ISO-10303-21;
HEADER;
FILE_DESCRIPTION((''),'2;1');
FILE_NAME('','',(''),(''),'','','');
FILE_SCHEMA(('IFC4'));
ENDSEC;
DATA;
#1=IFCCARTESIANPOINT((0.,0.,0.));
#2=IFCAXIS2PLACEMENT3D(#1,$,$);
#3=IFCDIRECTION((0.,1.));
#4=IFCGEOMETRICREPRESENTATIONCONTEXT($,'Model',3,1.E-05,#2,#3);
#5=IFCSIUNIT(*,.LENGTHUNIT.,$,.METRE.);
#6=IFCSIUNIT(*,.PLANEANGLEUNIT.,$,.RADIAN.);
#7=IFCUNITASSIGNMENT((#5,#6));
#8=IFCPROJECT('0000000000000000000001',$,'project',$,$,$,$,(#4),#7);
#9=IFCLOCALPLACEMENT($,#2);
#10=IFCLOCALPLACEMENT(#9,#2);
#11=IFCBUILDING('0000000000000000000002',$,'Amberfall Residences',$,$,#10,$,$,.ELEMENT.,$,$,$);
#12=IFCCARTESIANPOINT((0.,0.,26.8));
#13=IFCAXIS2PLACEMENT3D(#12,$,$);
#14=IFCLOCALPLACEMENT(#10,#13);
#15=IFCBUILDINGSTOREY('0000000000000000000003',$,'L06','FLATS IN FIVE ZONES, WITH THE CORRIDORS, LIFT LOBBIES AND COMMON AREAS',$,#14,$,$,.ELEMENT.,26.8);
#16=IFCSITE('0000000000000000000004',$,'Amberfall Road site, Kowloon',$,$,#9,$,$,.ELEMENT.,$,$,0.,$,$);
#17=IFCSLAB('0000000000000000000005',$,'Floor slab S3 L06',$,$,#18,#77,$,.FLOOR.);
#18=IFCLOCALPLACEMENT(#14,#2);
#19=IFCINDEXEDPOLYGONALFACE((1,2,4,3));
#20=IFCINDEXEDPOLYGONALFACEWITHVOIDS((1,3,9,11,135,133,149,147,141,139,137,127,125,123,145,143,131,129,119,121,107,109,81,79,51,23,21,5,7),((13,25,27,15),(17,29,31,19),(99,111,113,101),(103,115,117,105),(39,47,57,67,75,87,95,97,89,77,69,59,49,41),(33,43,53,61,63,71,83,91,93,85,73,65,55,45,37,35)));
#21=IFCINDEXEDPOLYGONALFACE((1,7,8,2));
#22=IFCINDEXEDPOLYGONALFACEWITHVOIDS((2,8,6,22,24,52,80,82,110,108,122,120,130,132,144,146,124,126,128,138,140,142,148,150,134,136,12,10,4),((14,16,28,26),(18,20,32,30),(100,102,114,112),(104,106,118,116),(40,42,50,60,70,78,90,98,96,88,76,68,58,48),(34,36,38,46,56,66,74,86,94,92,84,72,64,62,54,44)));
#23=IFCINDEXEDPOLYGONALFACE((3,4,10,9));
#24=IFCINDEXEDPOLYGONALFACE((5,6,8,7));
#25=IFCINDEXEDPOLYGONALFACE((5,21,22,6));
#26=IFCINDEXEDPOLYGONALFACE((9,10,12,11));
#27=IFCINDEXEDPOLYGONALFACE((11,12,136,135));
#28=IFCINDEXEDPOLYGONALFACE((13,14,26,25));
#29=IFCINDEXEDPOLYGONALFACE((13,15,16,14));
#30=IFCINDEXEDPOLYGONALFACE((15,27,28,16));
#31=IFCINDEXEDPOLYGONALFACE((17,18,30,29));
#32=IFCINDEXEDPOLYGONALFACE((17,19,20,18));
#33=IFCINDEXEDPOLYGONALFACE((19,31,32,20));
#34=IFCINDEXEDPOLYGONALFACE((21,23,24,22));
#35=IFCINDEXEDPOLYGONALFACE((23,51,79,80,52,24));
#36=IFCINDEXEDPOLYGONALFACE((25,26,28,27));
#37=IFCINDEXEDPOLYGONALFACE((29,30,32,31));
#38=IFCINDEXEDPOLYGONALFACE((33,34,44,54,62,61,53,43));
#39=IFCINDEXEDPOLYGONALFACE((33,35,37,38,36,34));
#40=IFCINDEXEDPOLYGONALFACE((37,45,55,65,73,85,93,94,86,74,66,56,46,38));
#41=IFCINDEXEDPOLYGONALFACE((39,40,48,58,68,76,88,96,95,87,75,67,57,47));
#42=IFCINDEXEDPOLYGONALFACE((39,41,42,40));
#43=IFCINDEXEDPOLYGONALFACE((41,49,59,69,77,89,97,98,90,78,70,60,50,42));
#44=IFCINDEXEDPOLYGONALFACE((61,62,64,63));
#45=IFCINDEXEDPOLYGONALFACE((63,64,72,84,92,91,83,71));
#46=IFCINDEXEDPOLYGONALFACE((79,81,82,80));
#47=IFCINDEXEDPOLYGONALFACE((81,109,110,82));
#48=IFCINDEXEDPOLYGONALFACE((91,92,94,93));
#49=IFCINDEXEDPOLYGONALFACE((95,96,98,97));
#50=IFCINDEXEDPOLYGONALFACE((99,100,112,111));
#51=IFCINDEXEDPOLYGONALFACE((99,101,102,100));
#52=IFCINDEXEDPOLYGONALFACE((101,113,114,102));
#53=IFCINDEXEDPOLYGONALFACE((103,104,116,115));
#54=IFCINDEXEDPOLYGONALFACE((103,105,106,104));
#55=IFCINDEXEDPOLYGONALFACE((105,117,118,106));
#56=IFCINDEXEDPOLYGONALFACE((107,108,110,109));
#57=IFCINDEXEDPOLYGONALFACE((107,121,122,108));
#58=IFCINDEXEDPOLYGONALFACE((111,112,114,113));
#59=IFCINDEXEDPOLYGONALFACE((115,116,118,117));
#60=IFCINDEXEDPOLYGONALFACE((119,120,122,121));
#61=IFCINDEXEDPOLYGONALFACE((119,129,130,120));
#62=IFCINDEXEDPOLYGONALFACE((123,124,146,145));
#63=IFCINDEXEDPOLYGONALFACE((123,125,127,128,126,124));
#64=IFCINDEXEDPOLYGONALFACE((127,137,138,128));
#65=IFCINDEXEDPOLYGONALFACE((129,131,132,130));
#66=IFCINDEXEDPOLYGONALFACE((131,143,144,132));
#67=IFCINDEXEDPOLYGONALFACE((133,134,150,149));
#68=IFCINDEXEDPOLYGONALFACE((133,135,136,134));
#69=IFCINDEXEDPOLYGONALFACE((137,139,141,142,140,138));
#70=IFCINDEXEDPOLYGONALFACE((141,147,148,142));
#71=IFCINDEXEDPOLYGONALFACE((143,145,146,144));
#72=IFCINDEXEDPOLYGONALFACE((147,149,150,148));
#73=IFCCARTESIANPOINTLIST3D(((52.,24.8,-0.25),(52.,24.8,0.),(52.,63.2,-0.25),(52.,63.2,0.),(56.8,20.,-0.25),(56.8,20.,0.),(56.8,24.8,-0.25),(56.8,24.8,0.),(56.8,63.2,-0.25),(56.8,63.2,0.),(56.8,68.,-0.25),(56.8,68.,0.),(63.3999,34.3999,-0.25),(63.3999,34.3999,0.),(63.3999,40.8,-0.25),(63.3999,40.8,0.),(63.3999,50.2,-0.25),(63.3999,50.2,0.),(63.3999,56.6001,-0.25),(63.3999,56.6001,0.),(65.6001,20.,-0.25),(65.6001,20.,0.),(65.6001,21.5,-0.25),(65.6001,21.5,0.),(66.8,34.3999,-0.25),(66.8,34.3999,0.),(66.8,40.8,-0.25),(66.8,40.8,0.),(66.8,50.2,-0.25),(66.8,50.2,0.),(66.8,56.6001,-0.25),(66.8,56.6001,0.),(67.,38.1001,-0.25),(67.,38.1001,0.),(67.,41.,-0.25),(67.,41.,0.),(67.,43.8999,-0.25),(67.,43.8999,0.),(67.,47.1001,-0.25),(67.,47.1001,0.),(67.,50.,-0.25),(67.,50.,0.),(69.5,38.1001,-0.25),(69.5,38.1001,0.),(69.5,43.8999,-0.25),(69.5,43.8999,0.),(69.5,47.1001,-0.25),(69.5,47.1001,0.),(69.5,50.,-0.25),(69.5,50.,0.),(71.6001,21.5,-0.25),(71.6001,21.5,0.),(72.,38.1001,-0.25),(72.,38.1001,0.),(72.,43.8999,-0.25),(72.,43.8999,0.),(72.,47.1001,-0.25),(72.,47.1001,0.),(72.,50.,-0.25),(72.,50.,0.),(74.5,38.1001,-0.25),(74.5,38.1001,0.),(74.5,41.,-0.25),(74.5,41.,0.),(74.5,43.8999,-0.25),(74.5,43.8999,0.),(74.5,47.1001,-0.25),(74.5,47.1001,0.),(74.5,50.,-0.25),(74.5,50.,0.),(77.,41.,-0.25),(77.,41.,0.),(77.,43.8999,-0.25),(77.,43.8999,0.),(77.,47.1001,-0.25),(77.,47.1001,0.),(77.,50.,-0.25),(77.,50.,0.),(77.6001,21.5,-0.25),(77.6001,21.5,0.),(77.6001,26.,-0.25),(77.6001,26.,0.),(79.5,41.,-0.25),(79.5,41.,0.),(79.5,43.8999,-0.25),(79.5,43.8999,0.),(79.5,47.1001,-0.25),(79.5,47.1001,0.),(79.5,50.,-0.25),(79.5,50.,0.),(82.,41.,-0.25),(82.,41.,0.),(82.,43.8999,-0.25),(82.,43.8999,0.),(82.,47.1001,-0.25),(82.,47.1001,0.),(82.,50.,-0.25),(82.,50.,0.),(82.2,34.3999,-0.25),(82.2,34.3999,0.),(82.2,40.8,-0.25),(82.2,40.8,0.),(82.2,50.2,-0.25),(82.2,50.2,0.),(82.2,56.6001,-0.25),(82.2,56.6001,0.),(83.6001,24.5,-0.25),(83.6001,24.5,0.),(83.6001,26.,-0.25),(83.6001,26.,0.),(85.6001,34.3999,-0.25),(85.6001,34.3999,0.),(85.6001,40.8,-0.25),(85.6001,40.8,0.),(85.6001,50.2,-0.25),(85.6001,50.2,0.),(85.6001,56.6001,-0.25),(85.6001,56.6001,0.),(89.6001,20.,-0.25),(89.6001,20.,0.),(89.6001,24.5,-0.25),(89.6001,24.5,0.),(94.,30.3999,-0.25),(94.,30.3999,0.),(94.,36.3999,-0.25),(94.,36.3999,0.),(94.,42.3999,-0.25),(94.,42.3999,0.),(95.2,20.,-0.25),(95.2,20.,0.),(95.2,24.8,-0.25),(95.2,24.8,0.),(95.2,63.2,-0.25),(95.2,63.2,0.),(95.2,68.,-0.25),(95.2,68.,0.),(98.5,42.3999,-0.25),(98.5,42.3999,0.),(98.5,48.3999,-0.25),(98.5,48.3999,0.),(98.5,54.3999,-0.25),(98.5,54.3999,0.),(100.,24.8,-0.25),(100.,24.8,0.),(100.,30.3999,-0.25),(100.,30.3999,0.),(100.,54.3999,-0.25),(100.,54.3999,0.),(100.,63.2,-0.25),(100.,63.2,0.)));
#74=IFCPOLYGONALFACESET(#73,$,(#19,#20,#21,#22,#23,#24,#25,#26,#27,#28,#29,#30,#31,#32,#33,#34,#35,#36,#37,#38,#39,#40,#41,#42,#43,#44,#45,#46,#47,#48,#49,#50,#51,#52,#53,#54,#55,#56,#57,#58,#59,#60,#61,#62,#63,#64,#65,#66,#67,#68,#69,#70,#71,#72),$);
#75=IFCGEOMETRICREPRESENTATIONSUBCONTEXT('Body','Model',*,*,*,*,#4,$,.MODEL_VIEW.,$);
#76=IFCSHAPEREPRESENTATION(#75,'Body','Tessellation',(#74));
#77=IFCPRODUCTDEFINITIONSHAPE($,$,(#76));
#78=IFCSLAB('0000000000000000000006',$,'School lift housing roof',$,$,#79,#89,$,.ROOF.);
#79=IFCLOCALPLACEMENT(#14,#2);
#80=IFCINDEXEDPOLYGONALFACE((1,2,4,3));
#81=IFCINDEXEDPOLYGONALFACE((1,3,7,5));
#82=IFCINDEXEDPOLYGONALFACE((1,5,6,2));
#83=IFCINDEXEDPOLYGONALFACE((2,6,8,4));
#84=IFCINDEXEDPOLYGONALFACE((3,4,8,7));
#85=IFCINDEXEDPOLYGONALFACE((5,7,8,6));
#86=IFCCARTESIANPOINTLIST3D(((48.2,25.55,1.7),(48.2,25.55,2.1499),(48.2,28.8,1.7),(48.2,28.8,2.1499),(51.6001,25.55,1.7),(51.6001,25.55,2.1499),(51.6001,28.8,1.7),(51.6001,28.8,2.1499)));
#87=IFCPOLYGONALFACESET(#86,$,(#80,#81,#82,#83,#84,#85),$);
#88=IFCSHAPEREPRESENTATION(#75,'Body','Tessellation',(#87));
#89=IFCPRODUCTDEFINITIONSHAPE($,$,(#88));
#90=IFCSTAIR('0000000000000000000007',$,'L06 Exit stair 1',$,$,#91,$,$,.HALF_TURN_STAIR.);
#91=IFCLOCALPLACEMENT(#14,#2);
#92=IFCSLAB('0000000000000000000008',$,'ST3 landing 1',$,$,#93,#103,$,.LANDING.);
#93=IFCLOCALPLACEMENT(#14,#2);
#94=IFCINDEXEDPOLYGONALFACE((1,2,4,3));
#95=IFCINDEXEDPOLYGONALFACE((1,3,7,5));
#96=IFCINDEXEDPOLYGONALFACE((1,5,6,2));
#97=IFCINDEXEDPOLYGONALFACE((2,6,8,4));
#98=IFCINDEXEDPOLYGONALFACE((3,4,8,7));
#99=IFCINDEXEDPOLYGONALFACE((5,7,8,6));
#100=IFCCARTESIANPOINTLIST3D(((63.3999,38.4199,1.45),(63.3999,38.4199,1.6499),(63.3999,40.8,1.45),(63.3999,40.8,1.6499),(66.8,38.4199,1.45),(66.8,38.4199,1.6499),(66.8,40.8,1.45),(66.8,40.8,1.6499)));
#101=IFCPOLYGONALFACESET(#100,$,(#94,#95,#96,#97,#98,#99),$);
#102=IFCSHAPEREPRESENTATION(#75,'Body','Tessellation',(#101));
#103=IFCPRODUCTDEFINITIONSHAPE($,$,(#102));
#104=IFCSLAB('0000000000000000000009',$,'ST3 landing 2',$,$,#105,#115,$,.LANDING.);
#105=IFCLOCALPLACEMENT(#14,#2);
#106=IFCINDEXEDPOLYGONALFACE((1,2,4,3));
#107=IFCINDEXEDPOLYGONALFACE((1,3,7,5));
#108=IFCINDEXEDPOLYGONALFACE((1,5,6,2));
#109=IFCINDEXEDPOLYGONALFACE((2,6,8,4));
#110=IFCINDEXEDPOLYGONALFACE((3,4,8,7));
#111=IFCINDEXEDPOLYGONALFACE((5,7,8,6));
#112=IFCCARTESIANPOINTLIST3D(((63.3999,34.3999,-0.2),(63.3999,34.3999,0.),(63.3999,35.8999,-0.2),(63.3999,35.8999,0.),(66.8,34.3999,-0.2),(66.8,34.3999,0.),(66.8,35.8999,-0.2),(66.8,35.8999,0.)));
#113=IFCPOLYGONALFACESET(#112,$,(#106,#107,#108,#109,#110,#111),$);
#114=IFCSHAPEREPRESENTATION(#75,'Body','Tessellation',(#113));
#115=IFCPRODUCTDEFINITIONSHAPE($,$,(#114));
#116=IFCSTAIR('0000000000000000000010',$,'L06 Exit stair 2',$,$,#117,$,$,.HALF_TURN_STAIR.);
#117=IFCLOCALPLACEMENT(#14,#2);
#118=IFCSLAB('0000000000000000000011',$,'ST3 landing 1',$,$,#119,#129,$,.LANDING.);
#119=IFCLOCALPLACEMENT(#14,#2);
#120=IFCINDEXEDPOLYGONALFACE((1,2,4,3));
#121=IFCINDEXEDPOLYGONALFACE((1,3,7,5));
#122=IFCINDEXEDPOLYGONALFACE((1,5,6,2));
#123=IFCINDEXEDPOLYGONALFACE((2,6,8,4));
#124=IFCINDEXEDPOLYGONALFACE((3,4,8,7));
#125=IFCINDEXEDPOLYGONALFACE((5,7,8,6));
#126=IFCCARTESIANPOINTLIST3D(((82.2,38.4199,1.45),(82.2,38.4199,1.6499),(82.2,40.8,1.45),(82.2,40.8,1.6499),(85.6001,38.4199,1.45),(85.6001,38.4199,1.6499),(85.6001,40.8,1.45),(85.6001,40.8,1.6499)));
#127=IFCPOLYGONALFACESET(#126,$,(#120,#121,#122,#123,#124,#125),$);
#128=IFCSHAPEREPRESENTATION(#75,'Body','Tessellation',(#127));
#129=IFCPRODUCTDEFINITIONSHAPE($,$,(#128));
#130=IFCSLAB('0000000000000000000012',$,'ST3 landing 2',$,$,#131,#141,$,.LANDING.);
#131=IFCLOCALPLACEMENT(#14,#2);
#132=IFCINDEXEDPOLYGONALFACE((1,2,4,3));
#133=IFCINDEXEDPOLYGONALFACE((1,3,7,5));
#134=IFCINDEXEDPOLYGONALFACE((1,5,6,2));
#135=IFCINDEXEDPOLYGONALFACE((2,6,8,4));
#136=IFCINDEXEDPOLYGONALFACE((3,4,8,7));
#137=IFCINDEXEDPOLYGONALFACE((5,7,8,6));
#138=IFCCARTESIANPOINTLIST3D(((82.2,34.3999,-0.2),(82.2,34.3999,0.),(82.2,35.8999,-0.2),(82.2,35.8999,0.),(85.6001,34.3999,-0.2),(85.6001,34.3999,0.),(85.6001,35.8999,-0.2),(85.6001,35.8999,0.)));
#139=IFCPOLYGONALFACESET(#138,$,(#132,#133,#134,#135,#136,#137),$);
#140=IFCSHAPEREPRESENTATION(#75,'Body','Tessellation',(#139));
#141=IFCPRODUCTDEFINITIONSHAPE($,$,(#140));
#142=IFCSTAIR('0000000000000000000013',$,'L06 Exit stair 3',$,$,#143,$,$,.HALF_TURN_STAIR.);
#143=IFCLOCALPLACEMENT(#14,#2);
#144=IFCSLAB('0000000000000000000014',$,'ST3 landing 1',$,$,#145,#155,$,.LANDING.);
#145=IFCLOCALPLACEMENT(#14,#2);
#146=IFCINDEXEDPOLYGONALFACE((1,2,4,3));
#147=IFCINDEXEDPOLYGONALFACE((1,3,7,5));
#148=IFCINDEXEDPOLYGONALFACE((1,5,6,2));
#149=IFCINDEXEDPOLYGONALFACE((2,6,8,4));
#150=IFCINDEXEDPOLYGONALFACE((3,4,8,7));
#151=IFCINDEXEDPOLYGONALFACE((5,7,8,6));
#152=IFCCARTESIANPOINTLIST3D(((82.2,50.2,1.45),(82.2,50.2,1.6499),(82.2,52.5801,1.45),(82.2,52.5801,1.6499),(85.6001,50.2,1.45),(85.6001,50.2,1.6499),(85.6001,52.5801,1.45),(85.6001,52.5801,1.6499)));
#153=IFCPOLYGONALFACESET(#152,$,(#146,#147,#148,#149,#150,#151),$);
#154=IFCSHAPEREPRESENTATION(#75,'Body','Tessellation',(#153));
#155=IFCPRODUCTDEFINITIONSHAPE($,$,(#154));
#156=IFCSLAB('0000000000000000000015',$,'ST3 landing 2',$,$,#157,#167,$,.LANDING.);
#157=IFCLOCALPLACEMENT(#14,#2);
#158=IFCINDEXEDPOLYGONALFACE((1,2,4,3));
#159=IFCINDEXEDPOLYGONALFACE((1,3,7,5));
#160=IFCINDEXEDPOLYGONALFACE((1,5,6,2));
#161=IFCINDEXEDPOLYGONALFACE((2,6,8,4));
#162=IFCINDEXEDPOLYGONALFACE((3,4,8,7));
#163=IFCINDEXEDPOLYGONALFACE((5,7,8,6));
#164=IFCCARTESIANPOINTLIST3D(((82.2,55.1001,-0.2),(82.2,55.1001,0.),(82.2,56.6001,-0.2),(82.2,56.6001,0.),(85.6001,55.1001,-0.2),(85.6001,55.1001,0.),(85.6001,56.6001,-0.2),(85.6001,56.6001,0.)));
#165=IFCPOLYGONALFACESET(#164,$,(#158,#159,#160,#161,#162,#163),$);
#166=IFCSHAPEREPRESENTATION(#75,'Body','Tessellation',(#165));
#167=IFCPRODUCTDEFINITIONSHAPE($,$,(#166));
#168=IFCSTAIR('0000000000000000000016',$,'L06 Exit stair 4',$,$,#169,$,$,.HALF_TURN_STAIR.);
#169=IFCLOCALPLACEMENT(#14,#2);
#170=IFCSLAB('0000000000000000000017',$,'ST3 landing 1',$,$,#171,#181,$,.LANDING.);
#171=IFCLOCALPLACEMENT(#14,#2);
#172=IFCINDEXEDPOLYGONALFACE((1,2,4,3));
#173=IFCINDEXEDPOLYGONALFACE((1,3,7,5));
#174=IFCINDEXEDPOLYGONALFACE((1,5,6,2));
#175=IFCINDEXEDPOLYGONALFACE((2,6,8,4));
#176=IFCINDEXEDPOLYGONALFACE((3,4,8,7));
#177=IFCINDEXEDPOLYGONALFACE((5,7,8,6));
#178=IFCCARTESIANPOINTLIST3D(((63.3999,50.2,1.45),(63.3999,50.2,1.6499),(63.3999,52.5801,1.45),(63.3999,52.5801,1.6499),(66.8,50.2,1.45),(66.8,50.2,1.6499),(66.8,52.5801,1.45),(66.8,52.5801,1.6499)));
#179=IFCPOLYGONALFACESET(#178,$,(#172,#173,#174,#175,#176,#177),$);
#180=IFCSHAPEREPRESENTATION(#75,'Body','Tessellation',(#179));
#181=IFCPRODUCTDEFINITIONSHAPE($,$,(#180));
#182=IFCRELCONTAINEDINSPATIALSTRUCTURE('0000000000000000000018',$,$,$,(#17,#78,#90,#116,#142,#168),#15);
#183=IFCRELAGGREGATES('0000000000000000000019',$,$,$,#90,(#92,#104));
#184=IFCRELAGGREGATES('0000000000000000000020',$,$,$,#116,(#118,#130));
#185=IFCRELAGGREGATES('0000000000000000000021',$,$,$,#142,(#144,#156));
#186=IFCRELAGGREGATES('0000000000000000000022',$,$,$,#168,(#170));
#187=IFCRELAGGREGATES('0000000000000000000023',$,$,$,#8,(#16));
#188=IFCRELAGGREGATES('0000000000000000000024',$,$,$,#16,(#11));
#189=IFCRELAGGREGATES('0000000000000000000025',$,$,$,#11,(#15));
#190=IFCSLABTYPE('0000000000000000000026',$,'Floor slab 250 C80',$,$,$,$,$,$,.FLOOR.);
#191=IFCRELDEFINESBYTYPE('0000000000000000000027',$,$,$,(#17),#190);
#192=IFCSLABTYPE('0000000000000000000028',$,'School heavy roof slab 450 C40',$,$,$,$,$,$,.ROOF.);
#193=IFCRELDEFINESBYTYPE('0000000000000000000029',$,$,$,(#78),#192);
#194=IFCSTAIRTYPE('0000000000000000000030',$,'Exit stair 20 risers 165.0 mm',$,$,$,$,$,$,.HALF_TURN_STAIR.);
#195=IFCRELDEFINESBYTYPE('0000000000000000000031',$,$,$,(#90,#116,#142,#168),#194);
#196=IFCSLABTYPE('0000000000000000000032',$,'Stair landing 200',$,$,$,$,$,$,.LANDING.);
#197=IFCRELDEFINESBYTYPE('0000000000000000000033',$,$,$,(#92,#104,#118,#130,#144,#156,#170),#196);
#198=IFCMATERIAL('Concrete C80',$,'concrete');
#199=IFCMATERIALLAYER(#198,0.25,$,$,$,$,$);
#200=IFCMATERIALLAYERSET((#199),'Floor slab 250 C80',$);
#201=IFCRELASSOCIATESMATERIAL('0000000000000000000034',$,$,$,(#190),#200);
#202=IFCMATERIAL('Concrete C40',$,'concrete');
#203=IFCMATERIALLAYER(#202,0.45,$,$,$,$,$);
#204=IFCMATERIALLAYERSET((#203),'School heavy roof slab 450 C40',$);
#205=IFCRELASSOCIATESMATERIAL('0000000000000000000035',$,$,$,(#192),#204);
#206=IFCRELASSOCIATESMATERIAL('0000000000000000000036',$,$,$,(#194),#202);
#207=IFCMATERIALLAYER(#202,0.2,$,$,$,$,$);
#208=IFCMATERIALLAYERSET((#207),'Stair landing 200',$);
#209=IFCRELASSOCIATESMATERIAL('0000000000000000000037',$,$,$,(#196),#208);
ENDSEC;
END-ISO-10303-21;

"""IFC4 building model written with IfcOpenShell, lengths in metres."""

from ifc_helpers import new_model, si_unit, direction, frame, origin, place, context, subcontext, project, spatial, polyline, outline, extrude, material, layer, layer_set, type_object, element, aggregate, save


model = new_model("IFC4")

# Units and contexts
model_context = context("Model", 3, precision=1e-05, world=origin(), true_north=direction((0.0, 1.0)))
body_context = subcontext(model_context, "Body", "Model", "MODEL_VIEW")
ifc_project = project(units=[si_unit("LENGTHUNIT", "METRE"), si_unit("PLANEANGLEUNIT", "RADIAN")], contexts=[model_context])

# Site, building, storey
site_placement = place(None, origin())
site = spatial("IfcSite", under=ifc_project, at=site_placement, Name="Amberfall Road site, Kowloon", CompositionType="ELEMENT", RefElevation=0.0)
building_placement = place(site_placement, origin())
building = spatial("IfcBuilding", under=site, at=building_placement, Name="Amberfall Residences", CompositionType="ELEMENT")
storey_placement = place(building_placement, frame((0.0, 0.0, 26.8)))
storey = spatial("IfcBuildingStorey", under=building, at=storey_placement, Name="L06", Description="FLATS IN FIVE ZONES, WITH THE CORRIDORS, LIFT LOBBIES AND COMMON AREAS", CompositionType="ELEMENT", Elevation=26.8)

# Slabs
ifc_material_1 = material(Name="Concrete C80", Category="concrete")
ifc_layer_1 = layer(ifc_material_1, 0.25)
ifc_layer_set_1 = layer_set([ifc_layer_1], Name="Floor slab 250 C80")
slab_type_1 = type_object("IfcSlabType", Name="Floor slab 250 C80", PredefinedType="FLOOR", material=ifc_layer_set_1)
slab_1_placement = place(storey_placement, frame((0.0, 0.0, -0.25)))
element("IfcSlab", 1, at=slab_1_placement, inside=storey, type_object=slab_type_1, Name="Floor slab S3 L06", PredefinedType="FLOOR", context=body_context, shape_type="SweptSolid", body=[
    extrude(outline(polyline([(89.6001, 20.0), (89.6001, 24.5), (83.6001, 24.5), (83.6001, 26.0), (77.6001, 26.0), (77.6001, 21.5), (71.6001, 21.5), (65.6001, 21.5), (65.6001, 20.0), (56.8, 20.0), (56.8, 24.8), (52.0, 24.8), (52.0, 63.2), (56.8, 63.2), (56.8, 68.0), (95.2, 68.0), (95.2, 63.2), (100.0, 63.2), (100.0, 54.3999), (98.5, 54.3999), (98.5, 48.3999), (98.5, 42.3999), (94.0, 42.3999), (94.0, 36.3999), (94.0, 30.3999), (100.0, 30.3999), (100.0, 24.8), (95.2, 24.8), (95.2, 20.0), (89.6001, 20.0)]), holes=[polyline([(85.6001, 34.3999), (85.6001, 40.8), (82.2, 40.8), (82.2, 34.3999), (85.6001, 34.3999)]), polyline([(82.2, 50.2), (85.6001, 50.2), (85.6001, 56.6001), (82.2, 56.6001), (82.2, 50.2)]), polyline([(69.5, 50.0), (67.0, 50.0), (67.0, 47.1001), (69.5, 47.1001), (72.0, 47.1001), (74.5, 47.1001), (77.0, 47.1001), (79.5, 47.1001), (82.0, 47.1001), (82.0, 50.0), (79.5, 50.0), (77.0, 50.0), (74.5, 50.0), (72.0, 50.0), (69.5, 50.0)]), polyline([(74.5, 41.0), (77.0, 41.0), (79.5, 41.0), (82.0, 41.0), (82.0, 43.8999), (79.5, 43.8999), (77.0, 43.8999), (74.5, 43.8999), (72.0, 43.8999), (69.5, 43.8999), (67.0, 43.8999), (67.0, 41.0), (67.0, 38.1001), (69.5, 38.1001), (72.0, 38.1001), (74.5, 38.1001), (74.5, 41.0)]), polyline([(66.8, 34.3999), (66.8, 40.8), (63.3999, 40.8), (63.3999, 34.3999), (66.8, 34.3999)]), polyline([(66.8, 50.2), (66.8, 56.6001), (63.3999, 56.6001), (63.3999, 50.2), (66.8, 50.2)])]), origin(), (0.0, 0.0, 1.0), 0.25),
])
ifc_material_2 = material(Name="Concrete C40", Category="concrete")
ifc_layer_2 = layer(ifc_material_2, 0.45)
ifc_layer_set_2 = layer_set([ifc_layer_2], Name="School heavy roof slab 450 C40")
slab_type_2 = type_object("IfcSlabType", Name="School heavy roof slab 450 C40", PredefinedType="ROOF", material=ifc_layer_set_2)
slab_2_placement = place(storey_placement, frame((0.0, 0.0, 1.7)))
element("IfcSlab", 2, at=slab_2_placement, inside=storey, type_object=slab_type_2, Name="School lift housing roof", PredefinedType="ROOF", context=body_context, shape_type="SweptSolid", body=[
    extrude(outline(polyline([(48.2, 25.55), (51.6001, 25.55), (51.6001, 28.8), (48.2, 28.8), (48.2, 25.55)])), origin(), (0.0, 0.0, 1.0), 0.45),
])

# Stairs, slabs
stair_type = type_object("IfcStairType", Name="Exit stair 20 risers 165.0 mm", PredefinedType="HALF_TURN_STAIR", material=ifc_material_2)
stair_1_placement = place(storey_placement, origin())
stair_1 = element("IfcStair", 3, at=stair_1_placement, inside=storey, type_object=stair_type, Name="L06 Exit stair 1", PredefinedType="HALF_TURN_STAIR")
ifc_layer_3 = layer(ifc_material_2, 0.2)
ifc_layer_set_3 = layer_set([ifc_layer_3], Name="Stair landing 200")
slab_type_3 = type_object("IfcSlabType", Name="Stair landing 200", PredefinedType="LANDING", material=ifc_layer_set_3)
slab_3_placement = place(storey_placement, frame((0.0, 0.0, 1.45)))
slab_3 = element("IfcSlab", 4, at=slab_3_placement, type_object=slab_type_3, Name="ST3 landing 1", PredefinedType="LANDING", context=body_context, shape_type="SweptSolid", body=[
    extrude(outline(polyline([(66.8, 38.4199), (66.8, 40.8), (63.3999, 40.8), (63.3999, 38.4199), (66.8, 38.4199)])), origin(), (0.0, 0.0, 1.0), 0.2),
])
slab_4_placement = place(storey_placement, frame((0.0, 0.0, -0.2)))
slab_4 = element("IfcSlab", 5, at=slab_4_placement, type_object=slab_type_3, Name="ST3 landing 2", PredefinedType="LANDING", context=body_context, shape_type="SweptSolid", body=[
    extrude(outline(polyline([(66.8, 34.3999), (66.8, 35.8999), (63.3999, 35.8999), (63.3999, 34.3999), (66.8, 34.3999)])), origin(), (0.0, 0.0, 1.0), 0.2),
])
aggregate(stair_1, [slab_3, slab_4])
stair_2_placement = place(storey_placement, origin())
stair_2 = element("IfcStair", 6, at=stair_2_placement, inside=storey, type_object=stair_type, Name="L06 Exit stair 2", PredefinedType="HALF_TURN_STAIR")
slab_5_placement = place(storey_placement, frame((0.0, 0.0, 1.45)))
slab_5 = element("IfcSlab", 7, at=slab_5_placement, type_object=slab_type_3, Name="ST3 landing 1", PredefinedType="LANDING", context=body_context, shape_type="SweptSolid", body=[
    extrude(outline(polyline([(85.6001, 38.4199), (85.6001, 40.8), (82.2, 40.8), (82.2, 38.4199), (85.6001, 38.4199)])), origin(), (0.0, 0.0, 1.0), 0.2),
])
slab_6_placement = place(storey_placement, frame((0.0, 0.0, -0.2)))
slab_6 = element("IfcSlab", 8, at=slab_6_placement, type_object=slab_type_3, Name="ST3 landing 2", PredefinedType="LANDING", context=body_context, shape_type="SweptSolid", body=[
    extrude(outline(polyline([(85.6001, 34.3999), (85.6001, 35.8999), (82.2, 35.8999), (82.2, 34.3999), (85.6001, 34.3999)])), origin(), (0.0, 0.0, 1.0), 0.2),
])
aggregate(stair_2, [slab_5, slab_6])
stair_3_placement = place(storey_placement, origin())
stair_3 = element("IfcStair", 9, at=stair_3_placement, inside=storey, type_object=stair_type, Name="L06 Exit stair 3", PredefinedType="HALF_TURN_STAIR")
slab_7_placement = place(storey_placement, frame((0.0, 0.0, 1.45)))
slab_7 = element("IfcSlab", 10, at=slab_7_placement, type_object=slab_type_3, Name="ST3 landing 1", PredefinedType="LANDING", context=body_context, shape_type="SweptSolid", body=[
    extrude(outline(polyline([(82.2, 52.5801), (82.2, 50.2), (85.6001, 50.2), (85.6001, 52.5801), (82.2, 52.5801)])), origin(), (0.0, 0.0, 1.0), 0.2),
])
slab_8_placement = place(storey_placement, frame((0.0, 0.0, -0.2)))
slab_8 = element("IfcSlab", 11, at=slab_8_placement, type_object=slab_type_3, Name="ST3 landing 2", PredefinedType="LANDING", context=body_context, shape_type="SweptSolid", body=[
    extrude(outline(polyline([(82.2, 56.6001), (82.2, 55.1001), (85.6001, 55.1001), (85.6001, 56.6001), (82.2, 56.6001)])), origin(), (0.0, 0.0, 1.0), 0.2),
])
aggregate(stair_3, [slab_7, slab_8])
stair_4_placement = place(storey_placement, origin())
stair_4 = element("IfcStair", 12, at=stair_4_placement, inside=storey, type_object=stair_type, Name="L06 Exit stair 4", PredefinedType="HALF_TURN_STAIR")
slab_9_placement = place(storey_placement, frame((0.0, 0.0, 1.45)))
slab_9 = element("IfcSlab", 13, at=slab_9_placement, type_object=slab_type_3, Name="ST3 landing 1", PredefinedType="LANDING", context=body_context, shape_type="SweptSolid", body=[
    extrude(outline(polyline([(63.3999, 52.5801), (63.3999, 50.2), (66.8, 50.2), (66.8, 52.5801), (63.3999, 52.5801)])), origin(), (0.0, 0.0, 1.0), 0.2),
])
aggregate(stair_4, [slab_9])

save(model, "model.ifc")
